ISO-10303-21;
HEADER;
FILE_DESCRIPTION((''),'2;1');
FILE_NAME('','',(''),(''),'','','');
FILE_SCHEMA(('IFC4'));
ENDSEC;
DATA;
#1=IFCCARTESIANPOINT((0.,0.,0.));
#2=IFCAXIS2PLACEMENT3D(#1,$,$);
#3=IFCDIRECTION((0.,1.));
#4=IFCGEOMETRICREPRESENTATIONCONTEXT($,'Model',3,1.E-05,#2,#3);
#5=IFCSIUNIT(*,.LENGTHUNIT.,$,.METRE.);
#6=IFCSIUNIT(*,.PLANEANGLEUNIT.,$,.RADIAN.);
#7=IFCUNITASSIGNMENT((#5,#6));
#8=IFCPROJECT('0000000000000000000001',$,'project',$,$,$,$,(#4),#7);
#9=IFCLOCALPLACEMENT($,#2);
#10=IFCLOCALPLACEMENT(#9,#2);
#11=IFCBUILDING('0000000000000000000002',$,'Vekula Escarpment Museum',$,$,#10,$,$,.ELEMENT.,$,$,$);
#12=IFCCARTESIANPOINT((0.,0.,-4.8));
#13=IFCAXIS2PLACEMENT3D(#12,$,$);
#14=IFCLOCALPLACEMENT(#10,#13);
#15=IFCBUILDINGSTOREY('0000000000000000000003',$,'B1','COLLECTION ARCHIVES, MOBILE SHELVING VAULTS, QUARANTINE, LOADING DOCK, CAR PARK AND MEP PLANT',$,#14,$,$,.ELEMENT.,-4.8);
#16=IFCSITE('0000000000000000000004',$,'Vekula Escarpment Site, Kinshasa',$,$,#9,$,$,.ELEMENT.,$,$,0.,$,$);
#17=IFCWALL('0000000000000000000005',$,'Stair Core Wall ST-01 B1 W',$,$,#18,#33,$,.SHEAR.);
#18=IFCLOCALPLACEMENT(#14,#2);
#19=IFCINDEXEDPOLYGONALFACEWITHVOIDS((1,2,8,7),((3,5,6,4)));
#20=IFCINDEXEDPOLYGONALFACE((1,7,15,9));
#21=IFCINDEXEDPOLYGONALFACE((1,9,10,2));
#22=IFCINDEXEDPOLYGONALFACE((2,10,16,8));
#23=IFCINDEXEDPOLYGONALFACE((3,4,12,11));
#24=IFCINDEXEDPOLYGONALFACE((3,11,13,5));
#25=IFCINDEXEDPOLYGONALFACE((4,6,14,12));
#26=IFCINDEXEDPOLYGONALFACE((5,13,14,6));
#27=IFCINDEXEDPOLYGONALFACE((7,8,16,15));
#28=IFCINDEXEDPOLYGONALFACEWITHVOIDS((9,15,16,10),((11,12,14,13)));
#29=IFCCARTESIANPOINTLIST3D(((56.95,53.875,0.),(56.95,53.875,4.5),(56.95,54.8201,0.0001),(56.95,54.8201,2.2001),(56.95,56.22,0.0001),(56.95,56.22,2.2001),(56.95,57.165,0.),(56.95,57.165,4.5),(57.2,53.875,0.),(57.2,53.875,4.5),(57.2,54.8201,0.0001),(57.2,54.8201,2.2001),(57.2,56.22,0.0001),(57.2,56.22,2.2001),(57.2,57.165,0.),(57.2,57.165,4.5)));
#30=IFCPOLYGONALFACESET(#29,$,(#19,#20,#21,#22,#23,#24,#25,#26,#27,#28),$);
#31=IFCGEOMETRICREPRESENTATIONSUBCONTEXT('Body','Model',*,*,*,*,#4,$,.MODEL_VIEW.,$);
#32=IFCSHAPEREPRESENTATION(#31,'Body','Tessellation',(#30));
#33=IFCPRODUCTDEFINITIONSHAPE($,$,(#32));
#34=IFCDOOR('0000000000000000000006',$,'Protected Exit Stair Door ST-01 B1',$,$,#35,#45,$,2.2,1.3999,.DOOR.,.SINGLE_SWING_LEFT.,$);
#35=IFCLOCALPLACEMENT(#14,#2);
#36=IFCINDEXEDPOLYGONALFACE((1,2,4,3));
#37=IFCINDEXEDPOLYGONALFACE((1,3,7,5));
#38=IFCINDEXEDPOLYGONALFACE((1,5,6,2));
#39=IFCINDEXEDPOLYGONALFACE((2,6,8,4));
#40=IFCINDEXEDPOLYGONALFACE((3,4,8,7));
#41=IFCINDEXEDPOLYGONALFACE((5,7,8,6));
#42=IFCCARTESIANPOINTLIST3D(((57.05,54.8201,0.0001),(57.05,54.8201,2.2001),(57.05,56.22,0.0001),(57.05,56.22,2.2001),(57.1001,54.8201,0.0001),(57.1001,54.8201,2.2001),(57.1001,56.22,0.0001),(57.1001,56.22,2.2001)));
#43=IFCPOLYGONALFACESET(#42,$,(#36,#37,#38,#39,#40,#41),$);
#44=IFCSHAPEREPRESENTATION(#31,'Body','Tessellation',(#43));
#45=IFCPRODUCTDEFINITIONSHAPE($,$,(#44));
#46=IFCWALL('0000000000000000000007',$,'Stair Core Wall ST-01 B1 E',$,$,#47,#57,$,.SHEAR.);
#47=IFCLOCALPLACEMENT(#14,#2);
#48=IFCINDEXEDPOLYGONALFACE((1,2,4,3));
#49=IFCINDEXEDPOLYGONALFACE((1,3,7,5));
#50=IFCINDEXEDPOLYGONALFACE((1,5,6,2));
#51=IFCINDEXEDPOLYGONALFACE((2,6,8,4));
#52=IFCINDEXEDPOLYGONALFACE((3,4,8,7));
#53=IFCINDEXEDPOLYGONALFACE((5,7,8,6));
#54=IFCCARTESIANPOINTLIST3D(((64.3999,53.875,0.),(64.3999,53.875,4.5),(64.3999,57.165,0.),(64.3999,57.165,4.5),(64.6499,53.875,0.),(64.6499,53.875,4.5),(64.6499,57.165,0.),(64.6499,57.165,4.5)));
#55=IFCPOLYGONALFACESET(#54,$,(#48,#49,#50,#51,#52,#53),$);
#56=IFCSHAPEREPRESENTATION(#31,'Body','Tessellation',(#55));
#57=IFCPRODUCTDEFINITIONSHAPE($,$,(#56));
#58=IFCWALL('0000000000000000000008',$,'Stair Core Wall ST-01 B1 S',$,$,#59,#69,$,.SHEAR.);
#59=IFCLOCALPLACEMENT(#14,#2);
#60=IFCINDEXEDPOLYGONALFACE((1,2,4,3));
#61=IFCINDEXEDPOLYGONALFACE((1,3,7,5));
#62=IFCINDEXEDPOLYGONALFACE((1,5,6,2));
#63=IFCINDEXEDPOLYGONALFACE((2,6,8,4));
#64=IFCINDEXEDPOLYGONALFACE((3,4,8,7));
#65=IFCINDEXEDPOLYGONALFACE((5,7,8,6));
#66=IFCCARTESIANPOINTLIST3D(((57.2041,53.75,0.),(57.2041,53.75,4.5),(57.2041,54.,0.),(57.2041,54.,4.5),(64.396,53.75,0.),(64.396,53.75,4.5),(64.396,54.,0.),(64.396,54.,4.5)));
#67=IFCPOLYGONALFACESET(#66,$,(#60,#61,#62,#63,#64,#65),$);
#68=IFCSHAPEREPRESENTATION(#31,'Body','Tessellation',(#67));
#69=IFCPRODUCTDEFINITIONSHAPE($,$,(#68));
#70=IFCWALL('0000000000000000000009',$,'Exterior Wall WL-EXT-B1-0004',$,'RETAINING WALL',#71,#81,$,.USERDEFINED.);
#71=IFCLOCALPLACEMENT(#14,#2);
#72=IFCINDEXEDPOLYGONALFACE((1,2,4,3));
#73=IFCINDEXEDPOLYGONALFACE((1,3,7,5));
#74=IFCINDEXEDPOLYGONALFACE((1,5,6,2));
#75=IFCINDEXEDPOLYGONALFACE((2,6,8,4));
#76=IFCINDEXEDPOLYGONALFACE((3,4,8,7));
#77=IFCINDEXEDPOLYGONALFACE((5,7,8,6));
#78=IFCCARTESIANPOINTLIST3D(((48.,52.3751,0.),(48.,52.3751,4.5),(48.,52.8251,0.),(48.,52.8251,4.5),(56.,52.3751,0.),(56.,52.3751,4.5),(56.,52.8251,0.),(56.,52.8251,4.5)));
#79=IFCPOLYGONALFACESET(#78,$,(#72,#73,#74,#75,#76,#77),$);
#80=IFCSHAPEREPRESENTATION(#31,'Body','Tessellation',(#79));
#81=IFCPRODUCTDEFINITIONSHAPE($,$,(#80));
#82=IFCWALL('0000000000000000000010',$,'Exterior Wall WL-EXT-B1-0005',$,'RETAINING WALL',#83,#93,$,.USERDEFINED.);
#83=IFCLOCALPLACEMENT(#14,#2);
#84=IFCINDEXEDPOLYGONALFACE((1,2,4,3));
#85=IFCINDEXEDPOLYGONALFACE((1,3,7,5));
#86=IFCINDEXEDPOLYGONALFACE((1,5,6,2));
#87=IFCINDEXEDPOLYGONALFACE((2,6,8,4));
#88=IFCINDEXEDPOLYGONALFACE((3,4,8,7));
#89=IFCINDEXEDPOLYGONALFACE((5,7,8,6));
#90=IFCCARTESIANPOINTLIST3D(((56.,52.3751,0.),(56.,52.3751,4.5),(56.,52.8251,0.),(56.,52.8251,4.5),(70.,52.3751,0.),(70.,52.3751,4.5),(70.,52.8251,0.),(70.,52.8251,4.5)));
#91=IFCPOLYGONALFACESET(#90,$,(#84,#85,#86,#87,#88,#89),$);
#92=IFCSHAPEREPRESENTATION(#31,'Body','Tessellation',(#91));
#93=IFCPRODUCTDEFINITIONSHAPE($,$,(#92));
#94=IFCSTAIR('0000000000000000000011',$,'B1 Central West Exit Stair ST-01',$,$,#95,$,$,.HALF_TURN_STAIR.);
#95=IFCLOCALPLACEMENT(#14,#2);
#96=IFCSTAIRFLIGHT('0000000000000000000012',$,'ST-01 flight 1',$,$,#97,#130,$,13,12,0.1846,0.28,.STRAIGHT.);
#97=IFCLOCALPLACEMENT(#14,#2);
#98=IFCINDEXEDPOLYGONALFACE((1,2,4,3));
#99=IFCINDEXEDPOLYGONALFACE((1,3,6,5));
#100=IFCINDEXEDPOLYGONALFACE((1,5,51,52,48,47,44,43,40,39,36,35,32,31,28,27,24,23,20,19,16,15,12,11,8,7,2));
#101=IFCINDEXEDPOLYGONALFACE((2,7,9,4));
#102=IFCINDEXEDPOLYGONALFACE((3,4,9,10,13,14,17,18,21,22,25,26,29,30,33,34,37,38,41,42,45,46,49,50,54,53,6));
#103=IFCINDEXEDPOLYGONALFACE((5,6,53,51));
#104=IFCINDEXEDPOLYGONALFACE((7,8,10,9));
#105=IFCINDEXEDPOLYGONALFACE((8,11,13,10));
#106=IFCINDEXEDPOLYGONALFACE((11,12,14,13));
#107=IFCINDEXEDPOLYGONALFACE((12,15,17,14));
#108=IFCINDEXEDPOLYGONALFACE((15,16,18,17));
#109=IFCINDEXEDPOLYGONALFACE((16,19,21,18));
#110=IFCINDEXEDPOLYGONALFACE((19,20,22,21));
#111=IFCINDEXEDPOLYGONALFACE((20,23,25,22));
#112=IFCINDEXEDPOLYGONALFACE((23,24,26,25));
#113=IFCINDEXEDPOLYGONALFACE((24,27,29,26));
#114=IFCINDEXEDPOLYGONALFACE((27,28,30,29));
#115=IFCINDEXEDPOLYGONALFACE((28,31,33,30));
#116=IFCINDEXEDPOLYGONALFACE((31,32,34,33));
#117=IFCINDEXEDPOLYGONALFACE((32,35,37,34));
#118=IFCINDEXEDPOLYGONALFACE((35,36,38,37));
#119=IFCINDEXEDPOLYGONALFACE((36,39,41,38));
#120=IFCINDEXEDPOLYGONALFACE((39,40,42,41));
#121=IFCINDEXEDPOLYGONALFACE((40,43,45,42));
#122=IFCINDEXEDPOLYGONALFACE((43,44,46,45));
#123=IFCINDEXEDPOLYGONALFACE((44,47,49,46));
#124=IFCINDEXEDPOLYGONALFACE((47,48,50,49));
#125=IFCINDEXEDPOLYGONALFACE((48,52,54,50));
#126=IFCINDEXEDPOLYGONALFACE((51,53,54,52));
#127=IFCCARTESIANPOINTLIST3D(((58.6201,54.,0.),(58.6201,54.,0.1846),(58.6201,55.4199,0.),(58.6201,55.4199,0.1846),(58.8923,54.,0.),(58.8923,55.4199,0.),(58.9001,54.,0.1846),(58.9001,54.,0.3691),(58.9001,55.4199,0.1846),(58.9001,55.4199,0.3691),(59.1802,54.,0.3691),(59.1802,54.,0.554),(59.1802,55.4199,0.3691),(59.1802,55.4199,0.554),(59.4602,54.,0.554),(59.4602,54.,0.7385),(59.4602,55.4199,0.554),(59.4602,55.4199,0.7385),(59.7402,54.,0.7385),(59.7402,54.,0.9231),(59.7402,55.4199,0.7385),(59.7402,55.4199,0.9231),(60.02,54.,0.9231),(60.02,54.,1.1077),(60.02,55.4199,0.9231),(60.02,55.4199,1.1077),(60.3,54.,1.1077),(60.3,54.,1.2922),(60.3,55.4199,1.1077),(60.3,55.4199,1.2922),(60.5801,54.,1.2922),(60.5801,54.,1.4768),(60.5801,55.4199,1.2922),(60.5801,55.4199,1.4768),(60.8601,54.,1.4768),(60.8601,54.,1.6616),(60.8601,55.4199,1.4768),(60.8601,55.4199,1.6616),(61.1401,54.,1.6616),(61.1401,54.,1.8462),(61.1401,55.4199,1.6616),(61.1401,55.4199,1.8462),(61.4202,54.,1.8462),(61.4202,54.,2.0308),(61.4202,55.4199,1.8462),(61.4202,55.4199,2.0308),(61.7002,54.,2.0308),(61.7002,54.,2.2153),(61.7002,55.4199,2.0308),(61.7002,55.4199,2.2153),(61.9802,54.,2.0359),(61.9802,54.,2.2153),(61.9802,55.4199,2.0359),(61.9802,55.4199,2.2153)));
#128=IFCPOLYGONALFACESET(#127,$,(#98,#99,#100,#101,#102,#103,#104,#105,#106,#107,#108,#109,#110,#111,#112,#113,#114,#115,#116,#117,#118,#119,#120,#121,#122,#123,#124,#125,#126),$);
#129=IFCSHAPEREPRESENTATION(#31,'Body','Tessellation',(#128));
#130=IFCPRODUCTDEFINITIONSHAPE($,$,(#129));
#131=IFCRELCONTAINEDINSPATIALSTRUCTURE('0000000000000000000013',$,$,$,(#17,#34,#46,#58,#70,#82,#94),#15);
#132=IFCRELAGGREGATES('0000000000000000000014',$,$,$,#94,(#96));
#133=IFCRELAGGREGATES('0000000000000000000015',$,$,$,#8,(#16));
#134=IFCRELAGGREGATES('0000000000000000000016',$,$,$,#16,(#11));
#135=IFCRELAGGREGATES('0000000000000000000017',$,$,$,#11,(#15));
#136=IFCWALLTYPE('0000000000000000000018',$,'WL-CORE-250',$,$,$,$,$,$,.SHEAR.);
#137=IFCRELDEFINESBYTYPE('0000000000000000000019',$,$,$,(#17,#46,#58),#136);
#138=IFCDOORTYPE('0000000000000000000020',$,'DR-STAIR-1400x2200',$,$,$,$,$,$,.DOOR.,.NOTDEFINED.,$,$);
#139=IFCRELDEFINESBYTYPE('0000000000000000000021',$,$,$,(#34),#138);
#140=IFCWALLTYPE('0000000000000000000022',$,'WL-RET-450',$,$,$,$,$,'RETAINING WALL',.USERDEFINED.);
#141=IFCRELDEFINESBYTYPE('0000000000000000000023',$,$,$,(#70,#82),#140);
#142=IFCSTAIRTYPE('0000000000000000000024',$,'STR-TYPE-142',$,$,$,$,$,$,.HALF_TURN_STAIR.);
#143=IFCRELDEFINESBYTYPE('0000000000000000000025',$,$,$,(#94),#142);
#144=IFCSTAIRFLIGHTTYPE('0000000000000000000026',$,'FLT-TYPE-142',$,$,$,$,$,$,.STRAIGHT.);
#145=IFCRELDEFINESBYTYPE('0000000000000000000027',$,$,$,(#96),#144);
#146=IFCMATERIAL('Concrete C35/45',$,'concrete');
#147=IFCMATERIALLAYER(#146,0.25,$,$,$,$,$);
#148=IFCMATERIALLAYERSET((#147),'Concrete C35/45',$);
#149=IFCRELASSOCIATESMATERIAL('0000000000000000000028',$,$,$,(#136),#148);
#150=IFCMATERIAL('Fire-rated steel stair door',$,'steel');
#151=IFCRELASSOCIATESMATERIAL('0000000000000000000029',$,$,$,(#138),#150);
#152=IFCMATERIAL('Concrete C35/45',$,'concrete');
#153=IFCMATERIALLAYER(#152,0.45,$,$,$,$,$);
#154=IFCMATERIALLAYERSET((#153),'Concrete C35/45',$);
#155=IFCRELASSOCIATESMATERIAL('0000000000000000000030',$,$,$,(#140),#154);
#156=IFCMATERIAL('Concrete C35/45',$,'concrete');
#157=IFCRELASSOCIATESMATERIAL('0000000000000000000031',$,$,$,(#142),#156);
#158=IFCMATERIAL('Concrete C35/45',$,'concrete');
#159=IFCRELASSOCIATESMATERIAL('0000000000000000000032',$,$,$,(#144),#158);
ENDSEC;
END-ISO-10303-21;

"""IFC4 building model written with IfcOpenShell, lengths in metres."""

from ifc_helpers import new_model, si_unit, direction, frame, frame_2d, origin, place, context, subcontext, project, spatial, polyline, rectangle, outline, extrude, material, layer, layer_set, type_object, element, fill, aggregate, save


model = new_model("IFC4")

# Units and contexts
model_context = context("Model", 3, precision=1e-05, world=origin(), true_north=direction((0.0, 1.0)))
body_context = subcontext(model_context, "Body", "Model", "MODEL_VIEW")
ifc_project = project(units=[si_unit("LENGTHUNIT", "METRE"), si_unit("PLANEANGLEUNIT", "RADIAN")], contexts=[model_context])

# Site, building, storey
site_placement = place(None, origin())
site = spatial("IfcSite", under=ifc_project, at=site_placement, Name="Vekula Escarpment Site, Kinshasa", CompositionType="ELEMENT", RefElevation=0.0)
building_placement = place(site_placement, origin())
building = spatial("IfcBuilding", under=site, at=building_placement, Name="Vekula Escarpment Museum", CompositionType="ELEMENT")
storey_placement = place(building_placement, frame((0.0, 0.0, -4.8)))
storey = spatial("IfcBuildingStorey", under=building, at=storey_placement, Name="B1", Description="COLLECTION ARCHIVES, MOBILE SHELVING VAULTS, QUARANTINE, LOADING DOCK, CAR PARK AND MEP PLANT", CompositionType="ELEMENT", Elevation=-4.8)

# Wall, opening, door
ifc_material_1 = material(Name="Concrete C35/45", Category="concrete")
ifc_layer_1 = layer(ifc_material_1, 0.25)
ifc_layer_set_1 = layer_set([ifc_layer_1], Name="Concrete C35/45")
wall_type_1 = type_object("IfcWallType", Name="WL-CORE-250", PredefinedType="SHEAR", material=ifc_layer_set_1)
wall_1_placement = place(storey_placement, frame((57.075, 53.875, 0.0), z_axis=(0.0, 0.0, 1.0), x_axis=(0.0, 1.0, 0.0)))
wall_1 = element("IfcWall", 1, at=wall_1_placement, inside=storey, type_object=wall_type_1, Name="Stair Core Wall ST-01 B1 W", PredefinedType="SHEAR", context=body_context, shape_type="SweptSolid", body=[
    extrude(rectangle(XDim=3.29, YDim=0.25, at=frame_2d((1.645, 0.0))), origin(), (0.0, 0.0, 1.0), 4.5),
])
opening_placement = place(wall_1_placement, frame((0.9451, 0.0, 0.0)))
opening = element("IfcOpeningElement", 2, at=opening_placement, cuts=wall_1, PredefinedType="OPENING", context=body_context, shape_type="SweptSolid", body=[
    extrude(rectangle(XDim=1.3999, YDim=2.2, at=frame_2d((0.7, 1.1001))), frame((0.0, 0.135, 0.0), z_axis=(0.0, -1.0, 0.0), x_axis=(1.0, 0.0, 0.0)), (0.0, 0.0, 1.0), 0.27),
])
ifc_material_2 = material(Name="Fire-rated steel stair door", Category="steel")
door_type = type_object("IfcDoorType", Name="DR-STAIR-1400x2200", OperationType="NOTDEFINED", PredefinedType="DOOR", material=ifc_material_2)
door_placement = place(opening_placement, origin())
door = element("IfcDoor", 3, at=door_placement, inside=storey, type_object=door_type, Name="Protected Exit Stair Door ST-01 B1", OperationType="SINGLE_SWING_LEFT", OverallHeight=2.2, OverallWidth=1.3999, PredefinedType="DOOR", context=body_context, shape_type="SweptSolid", body=[
    extrude(rectangle(XDim=1.3999, YDim=2.2, at=frame_2d((0.7, 1.1001))), frame((0.0, 0.0249, 0.0), z_axis=(0.0, -1.0, 0.0), x_axis=(1.0, 0.0, 0.0)), (0.0, 0.0, 1.0), 0.05),
])
fill(opening, door)

# Walls
wall_2_placement = place(storey_placement, frame((64.5249, 53.875, 0.0), z_axis=(0.0, 0.0, 1.0), x_axis=(0.0, 1.0, 0.0)))
element("IfcWall", 4, at=wall_2_placement, inside=storey, type_object=wall_type_1, Name="Stair Core Wall ST-01 B1 E", PredefinedType="SHEAR", context=body_context, shape_type="SweptSolid", body=[
    extrude(rectangle(XDim=3.29, YDim=0.25, at=frame_2d((1.645, 0.0))), origin(), (0.0, 0.0, 1.0), 4.5),
])
wall_3_placement = place(storey_placement, frame((57.2041, 53.875, 0.0), z_axis=(0.0, 0.0, 1.0), x_axis=(1.0, 0.0, 0.0)))
element("IfcWall", 5, at=wall_3_placement, inside=storey, type_object=wall_type_1, Name="Stair Core Wall ST-01 B1 S", PredefinedType="SHEAR", context=body_context, shape_type="SweptSolid", body=[
    extrude(rectangle(XDim=7.1919, YDim=0.25, at=frame_2d((3.5959, 0.0))), origin(), (0.0, 0.0, 1.0), 4.5),
])
ifc_material_3 = material(Name="Concrete C35/45", Category="concrete")
ifc_layer_2 = layer(ifc_material_3, 0.45)
ifc_layer_set_2 = layer_set([ifc_layer_2], Name="Concrete C35/45")
wall_type_2 = type_object("IfcWallType", Name="WL-RET-450", ElementType="RETAINING WALL", PredefinedType="USERDEFINED", material=ifc_layer_set_2)
wall_4_placement = place(storey_placement, frame((56.0, 52.6001, 0.0), z_axis=(0.0, 0.0, 1.0), x_axis=(-1.0, 0.0, 0.0)))
element("IfcWall", 6, at=wall_4_placement, inside=storey, type_object=wall_type_2, Name="Exterior Wall WL-EXT-B1-0004", ObjectType="RETAINING WALL", PredefinedType="USERDEFINED", context=body_context, shape_type="SweptSolid", body=[
    extrude(rectangle(XDim=8.0, YDim=0.45, at=frame_2d((4.0, 0.0))), origin(), (0.0, 0.0, 1.0), 4.5),
])
wall_5_placement = place(storey_placement, frame((70.0, 52.6001, 0.0), z_axis=(0.0, 0.0, 1.0), x_axis=(-1.0, 0.0, 0.0)))
element("IfcWall", 7, at=wall_5_placement, inside=storey, type_object=wall_type_2, Name="Exterior Wall WL-EXT-B1-0005", ObjectType="RETAINING WALL", PredefinedType="USERDEFINED", context=body_context, shape_type="SweptSolid", body=[
    extrude(rectangle(XDim=14.0, YDim=0.45, at=frame_2d((7.0, 0.0))), origin(), (0.0, 0.0, 1.0), 4.5),
])

# Stair, stair flight
ifc_material_4 = material(Name="Concrete C35/45", Category="concrete")
stair_type = type_object("IfcStairType", Name="STR-TYPE-142", PredefinedType="HALF_TURN_STAIR", material=ifc_material_4)
stair_placement = place(storey_placement, origin())
stair = element("IfcStair", 8, at=stair_placement, inside=storey, type_object=stair_type, Name="B1 Central West Exit Stair ST-01", PredefinedType="HALF_TURN_STAIR")
ifc_material_5 = material(Name="Concrete C35/45", Category="concrete")
stair_flight_type = type_object("IfcStairFlightType", Name="FLT-TYPE-142", PredefinedType="STRAIGHT", material=ifc_material_5)
stair_flight_placement = place(storey_placement, frame((58.6201, 54.71, 0.0), z_axis=(0.0, 0.0, 1.0), x_axis=(1.0, 0.0, 0.0)))
stair_flight = element("IfcStairFlight", 9, at=stair_flight_placement, type_object=stair_flight_type, Name="ST-01 flight 1", NumberOfRisers=13, NumberOfTreads=12, PredefinedType="STRAIGHT", RiserHeight=0.1846, TreadLength=0.28, context=body_context, shape_type="SweptSolid", body=[
    extrude(outline(polyline([(0.0, 0.0), (0.0, 0.1846), (0.28, 0.1846), (0.28, 0.3691), (0.5601, 0.3691), (0.5601, 0.554), (0.8401, 0.554), (0.8401, 0.7385), (1.1201, 0.7385), (1.1201, 0.9231), (1.3999, 0.9231), (1.3999, 1.1077), (1.6799, 1.1077), (1.6799, 1.2922), (1.96, 1.2922), (1.96, 1.4768), (2.24, 1.4768), (2.24, 1.6616), (2.52, 1.6616), (2.52, 1.8462), (2.8, 1.8462), (2.8, 2.0308), (3.0801, 2.0308), (3.0801, 2.2153), (3.3601, 2.2153), (3.3601, 2.3999), (3.3601, 2.0359), (0.2722, 0.0), (0.0, 0.0)])), frame((0.0, 0.71, 0.0), z_axis=(0.0, -1.0, 0.0), x_axis=(1.0, 0.0, 0.0)), (0.0, 0.0, 1.0), 1.4199),
])
aggregate(stair, [stair_flight])

save(model, "model.ifc")
